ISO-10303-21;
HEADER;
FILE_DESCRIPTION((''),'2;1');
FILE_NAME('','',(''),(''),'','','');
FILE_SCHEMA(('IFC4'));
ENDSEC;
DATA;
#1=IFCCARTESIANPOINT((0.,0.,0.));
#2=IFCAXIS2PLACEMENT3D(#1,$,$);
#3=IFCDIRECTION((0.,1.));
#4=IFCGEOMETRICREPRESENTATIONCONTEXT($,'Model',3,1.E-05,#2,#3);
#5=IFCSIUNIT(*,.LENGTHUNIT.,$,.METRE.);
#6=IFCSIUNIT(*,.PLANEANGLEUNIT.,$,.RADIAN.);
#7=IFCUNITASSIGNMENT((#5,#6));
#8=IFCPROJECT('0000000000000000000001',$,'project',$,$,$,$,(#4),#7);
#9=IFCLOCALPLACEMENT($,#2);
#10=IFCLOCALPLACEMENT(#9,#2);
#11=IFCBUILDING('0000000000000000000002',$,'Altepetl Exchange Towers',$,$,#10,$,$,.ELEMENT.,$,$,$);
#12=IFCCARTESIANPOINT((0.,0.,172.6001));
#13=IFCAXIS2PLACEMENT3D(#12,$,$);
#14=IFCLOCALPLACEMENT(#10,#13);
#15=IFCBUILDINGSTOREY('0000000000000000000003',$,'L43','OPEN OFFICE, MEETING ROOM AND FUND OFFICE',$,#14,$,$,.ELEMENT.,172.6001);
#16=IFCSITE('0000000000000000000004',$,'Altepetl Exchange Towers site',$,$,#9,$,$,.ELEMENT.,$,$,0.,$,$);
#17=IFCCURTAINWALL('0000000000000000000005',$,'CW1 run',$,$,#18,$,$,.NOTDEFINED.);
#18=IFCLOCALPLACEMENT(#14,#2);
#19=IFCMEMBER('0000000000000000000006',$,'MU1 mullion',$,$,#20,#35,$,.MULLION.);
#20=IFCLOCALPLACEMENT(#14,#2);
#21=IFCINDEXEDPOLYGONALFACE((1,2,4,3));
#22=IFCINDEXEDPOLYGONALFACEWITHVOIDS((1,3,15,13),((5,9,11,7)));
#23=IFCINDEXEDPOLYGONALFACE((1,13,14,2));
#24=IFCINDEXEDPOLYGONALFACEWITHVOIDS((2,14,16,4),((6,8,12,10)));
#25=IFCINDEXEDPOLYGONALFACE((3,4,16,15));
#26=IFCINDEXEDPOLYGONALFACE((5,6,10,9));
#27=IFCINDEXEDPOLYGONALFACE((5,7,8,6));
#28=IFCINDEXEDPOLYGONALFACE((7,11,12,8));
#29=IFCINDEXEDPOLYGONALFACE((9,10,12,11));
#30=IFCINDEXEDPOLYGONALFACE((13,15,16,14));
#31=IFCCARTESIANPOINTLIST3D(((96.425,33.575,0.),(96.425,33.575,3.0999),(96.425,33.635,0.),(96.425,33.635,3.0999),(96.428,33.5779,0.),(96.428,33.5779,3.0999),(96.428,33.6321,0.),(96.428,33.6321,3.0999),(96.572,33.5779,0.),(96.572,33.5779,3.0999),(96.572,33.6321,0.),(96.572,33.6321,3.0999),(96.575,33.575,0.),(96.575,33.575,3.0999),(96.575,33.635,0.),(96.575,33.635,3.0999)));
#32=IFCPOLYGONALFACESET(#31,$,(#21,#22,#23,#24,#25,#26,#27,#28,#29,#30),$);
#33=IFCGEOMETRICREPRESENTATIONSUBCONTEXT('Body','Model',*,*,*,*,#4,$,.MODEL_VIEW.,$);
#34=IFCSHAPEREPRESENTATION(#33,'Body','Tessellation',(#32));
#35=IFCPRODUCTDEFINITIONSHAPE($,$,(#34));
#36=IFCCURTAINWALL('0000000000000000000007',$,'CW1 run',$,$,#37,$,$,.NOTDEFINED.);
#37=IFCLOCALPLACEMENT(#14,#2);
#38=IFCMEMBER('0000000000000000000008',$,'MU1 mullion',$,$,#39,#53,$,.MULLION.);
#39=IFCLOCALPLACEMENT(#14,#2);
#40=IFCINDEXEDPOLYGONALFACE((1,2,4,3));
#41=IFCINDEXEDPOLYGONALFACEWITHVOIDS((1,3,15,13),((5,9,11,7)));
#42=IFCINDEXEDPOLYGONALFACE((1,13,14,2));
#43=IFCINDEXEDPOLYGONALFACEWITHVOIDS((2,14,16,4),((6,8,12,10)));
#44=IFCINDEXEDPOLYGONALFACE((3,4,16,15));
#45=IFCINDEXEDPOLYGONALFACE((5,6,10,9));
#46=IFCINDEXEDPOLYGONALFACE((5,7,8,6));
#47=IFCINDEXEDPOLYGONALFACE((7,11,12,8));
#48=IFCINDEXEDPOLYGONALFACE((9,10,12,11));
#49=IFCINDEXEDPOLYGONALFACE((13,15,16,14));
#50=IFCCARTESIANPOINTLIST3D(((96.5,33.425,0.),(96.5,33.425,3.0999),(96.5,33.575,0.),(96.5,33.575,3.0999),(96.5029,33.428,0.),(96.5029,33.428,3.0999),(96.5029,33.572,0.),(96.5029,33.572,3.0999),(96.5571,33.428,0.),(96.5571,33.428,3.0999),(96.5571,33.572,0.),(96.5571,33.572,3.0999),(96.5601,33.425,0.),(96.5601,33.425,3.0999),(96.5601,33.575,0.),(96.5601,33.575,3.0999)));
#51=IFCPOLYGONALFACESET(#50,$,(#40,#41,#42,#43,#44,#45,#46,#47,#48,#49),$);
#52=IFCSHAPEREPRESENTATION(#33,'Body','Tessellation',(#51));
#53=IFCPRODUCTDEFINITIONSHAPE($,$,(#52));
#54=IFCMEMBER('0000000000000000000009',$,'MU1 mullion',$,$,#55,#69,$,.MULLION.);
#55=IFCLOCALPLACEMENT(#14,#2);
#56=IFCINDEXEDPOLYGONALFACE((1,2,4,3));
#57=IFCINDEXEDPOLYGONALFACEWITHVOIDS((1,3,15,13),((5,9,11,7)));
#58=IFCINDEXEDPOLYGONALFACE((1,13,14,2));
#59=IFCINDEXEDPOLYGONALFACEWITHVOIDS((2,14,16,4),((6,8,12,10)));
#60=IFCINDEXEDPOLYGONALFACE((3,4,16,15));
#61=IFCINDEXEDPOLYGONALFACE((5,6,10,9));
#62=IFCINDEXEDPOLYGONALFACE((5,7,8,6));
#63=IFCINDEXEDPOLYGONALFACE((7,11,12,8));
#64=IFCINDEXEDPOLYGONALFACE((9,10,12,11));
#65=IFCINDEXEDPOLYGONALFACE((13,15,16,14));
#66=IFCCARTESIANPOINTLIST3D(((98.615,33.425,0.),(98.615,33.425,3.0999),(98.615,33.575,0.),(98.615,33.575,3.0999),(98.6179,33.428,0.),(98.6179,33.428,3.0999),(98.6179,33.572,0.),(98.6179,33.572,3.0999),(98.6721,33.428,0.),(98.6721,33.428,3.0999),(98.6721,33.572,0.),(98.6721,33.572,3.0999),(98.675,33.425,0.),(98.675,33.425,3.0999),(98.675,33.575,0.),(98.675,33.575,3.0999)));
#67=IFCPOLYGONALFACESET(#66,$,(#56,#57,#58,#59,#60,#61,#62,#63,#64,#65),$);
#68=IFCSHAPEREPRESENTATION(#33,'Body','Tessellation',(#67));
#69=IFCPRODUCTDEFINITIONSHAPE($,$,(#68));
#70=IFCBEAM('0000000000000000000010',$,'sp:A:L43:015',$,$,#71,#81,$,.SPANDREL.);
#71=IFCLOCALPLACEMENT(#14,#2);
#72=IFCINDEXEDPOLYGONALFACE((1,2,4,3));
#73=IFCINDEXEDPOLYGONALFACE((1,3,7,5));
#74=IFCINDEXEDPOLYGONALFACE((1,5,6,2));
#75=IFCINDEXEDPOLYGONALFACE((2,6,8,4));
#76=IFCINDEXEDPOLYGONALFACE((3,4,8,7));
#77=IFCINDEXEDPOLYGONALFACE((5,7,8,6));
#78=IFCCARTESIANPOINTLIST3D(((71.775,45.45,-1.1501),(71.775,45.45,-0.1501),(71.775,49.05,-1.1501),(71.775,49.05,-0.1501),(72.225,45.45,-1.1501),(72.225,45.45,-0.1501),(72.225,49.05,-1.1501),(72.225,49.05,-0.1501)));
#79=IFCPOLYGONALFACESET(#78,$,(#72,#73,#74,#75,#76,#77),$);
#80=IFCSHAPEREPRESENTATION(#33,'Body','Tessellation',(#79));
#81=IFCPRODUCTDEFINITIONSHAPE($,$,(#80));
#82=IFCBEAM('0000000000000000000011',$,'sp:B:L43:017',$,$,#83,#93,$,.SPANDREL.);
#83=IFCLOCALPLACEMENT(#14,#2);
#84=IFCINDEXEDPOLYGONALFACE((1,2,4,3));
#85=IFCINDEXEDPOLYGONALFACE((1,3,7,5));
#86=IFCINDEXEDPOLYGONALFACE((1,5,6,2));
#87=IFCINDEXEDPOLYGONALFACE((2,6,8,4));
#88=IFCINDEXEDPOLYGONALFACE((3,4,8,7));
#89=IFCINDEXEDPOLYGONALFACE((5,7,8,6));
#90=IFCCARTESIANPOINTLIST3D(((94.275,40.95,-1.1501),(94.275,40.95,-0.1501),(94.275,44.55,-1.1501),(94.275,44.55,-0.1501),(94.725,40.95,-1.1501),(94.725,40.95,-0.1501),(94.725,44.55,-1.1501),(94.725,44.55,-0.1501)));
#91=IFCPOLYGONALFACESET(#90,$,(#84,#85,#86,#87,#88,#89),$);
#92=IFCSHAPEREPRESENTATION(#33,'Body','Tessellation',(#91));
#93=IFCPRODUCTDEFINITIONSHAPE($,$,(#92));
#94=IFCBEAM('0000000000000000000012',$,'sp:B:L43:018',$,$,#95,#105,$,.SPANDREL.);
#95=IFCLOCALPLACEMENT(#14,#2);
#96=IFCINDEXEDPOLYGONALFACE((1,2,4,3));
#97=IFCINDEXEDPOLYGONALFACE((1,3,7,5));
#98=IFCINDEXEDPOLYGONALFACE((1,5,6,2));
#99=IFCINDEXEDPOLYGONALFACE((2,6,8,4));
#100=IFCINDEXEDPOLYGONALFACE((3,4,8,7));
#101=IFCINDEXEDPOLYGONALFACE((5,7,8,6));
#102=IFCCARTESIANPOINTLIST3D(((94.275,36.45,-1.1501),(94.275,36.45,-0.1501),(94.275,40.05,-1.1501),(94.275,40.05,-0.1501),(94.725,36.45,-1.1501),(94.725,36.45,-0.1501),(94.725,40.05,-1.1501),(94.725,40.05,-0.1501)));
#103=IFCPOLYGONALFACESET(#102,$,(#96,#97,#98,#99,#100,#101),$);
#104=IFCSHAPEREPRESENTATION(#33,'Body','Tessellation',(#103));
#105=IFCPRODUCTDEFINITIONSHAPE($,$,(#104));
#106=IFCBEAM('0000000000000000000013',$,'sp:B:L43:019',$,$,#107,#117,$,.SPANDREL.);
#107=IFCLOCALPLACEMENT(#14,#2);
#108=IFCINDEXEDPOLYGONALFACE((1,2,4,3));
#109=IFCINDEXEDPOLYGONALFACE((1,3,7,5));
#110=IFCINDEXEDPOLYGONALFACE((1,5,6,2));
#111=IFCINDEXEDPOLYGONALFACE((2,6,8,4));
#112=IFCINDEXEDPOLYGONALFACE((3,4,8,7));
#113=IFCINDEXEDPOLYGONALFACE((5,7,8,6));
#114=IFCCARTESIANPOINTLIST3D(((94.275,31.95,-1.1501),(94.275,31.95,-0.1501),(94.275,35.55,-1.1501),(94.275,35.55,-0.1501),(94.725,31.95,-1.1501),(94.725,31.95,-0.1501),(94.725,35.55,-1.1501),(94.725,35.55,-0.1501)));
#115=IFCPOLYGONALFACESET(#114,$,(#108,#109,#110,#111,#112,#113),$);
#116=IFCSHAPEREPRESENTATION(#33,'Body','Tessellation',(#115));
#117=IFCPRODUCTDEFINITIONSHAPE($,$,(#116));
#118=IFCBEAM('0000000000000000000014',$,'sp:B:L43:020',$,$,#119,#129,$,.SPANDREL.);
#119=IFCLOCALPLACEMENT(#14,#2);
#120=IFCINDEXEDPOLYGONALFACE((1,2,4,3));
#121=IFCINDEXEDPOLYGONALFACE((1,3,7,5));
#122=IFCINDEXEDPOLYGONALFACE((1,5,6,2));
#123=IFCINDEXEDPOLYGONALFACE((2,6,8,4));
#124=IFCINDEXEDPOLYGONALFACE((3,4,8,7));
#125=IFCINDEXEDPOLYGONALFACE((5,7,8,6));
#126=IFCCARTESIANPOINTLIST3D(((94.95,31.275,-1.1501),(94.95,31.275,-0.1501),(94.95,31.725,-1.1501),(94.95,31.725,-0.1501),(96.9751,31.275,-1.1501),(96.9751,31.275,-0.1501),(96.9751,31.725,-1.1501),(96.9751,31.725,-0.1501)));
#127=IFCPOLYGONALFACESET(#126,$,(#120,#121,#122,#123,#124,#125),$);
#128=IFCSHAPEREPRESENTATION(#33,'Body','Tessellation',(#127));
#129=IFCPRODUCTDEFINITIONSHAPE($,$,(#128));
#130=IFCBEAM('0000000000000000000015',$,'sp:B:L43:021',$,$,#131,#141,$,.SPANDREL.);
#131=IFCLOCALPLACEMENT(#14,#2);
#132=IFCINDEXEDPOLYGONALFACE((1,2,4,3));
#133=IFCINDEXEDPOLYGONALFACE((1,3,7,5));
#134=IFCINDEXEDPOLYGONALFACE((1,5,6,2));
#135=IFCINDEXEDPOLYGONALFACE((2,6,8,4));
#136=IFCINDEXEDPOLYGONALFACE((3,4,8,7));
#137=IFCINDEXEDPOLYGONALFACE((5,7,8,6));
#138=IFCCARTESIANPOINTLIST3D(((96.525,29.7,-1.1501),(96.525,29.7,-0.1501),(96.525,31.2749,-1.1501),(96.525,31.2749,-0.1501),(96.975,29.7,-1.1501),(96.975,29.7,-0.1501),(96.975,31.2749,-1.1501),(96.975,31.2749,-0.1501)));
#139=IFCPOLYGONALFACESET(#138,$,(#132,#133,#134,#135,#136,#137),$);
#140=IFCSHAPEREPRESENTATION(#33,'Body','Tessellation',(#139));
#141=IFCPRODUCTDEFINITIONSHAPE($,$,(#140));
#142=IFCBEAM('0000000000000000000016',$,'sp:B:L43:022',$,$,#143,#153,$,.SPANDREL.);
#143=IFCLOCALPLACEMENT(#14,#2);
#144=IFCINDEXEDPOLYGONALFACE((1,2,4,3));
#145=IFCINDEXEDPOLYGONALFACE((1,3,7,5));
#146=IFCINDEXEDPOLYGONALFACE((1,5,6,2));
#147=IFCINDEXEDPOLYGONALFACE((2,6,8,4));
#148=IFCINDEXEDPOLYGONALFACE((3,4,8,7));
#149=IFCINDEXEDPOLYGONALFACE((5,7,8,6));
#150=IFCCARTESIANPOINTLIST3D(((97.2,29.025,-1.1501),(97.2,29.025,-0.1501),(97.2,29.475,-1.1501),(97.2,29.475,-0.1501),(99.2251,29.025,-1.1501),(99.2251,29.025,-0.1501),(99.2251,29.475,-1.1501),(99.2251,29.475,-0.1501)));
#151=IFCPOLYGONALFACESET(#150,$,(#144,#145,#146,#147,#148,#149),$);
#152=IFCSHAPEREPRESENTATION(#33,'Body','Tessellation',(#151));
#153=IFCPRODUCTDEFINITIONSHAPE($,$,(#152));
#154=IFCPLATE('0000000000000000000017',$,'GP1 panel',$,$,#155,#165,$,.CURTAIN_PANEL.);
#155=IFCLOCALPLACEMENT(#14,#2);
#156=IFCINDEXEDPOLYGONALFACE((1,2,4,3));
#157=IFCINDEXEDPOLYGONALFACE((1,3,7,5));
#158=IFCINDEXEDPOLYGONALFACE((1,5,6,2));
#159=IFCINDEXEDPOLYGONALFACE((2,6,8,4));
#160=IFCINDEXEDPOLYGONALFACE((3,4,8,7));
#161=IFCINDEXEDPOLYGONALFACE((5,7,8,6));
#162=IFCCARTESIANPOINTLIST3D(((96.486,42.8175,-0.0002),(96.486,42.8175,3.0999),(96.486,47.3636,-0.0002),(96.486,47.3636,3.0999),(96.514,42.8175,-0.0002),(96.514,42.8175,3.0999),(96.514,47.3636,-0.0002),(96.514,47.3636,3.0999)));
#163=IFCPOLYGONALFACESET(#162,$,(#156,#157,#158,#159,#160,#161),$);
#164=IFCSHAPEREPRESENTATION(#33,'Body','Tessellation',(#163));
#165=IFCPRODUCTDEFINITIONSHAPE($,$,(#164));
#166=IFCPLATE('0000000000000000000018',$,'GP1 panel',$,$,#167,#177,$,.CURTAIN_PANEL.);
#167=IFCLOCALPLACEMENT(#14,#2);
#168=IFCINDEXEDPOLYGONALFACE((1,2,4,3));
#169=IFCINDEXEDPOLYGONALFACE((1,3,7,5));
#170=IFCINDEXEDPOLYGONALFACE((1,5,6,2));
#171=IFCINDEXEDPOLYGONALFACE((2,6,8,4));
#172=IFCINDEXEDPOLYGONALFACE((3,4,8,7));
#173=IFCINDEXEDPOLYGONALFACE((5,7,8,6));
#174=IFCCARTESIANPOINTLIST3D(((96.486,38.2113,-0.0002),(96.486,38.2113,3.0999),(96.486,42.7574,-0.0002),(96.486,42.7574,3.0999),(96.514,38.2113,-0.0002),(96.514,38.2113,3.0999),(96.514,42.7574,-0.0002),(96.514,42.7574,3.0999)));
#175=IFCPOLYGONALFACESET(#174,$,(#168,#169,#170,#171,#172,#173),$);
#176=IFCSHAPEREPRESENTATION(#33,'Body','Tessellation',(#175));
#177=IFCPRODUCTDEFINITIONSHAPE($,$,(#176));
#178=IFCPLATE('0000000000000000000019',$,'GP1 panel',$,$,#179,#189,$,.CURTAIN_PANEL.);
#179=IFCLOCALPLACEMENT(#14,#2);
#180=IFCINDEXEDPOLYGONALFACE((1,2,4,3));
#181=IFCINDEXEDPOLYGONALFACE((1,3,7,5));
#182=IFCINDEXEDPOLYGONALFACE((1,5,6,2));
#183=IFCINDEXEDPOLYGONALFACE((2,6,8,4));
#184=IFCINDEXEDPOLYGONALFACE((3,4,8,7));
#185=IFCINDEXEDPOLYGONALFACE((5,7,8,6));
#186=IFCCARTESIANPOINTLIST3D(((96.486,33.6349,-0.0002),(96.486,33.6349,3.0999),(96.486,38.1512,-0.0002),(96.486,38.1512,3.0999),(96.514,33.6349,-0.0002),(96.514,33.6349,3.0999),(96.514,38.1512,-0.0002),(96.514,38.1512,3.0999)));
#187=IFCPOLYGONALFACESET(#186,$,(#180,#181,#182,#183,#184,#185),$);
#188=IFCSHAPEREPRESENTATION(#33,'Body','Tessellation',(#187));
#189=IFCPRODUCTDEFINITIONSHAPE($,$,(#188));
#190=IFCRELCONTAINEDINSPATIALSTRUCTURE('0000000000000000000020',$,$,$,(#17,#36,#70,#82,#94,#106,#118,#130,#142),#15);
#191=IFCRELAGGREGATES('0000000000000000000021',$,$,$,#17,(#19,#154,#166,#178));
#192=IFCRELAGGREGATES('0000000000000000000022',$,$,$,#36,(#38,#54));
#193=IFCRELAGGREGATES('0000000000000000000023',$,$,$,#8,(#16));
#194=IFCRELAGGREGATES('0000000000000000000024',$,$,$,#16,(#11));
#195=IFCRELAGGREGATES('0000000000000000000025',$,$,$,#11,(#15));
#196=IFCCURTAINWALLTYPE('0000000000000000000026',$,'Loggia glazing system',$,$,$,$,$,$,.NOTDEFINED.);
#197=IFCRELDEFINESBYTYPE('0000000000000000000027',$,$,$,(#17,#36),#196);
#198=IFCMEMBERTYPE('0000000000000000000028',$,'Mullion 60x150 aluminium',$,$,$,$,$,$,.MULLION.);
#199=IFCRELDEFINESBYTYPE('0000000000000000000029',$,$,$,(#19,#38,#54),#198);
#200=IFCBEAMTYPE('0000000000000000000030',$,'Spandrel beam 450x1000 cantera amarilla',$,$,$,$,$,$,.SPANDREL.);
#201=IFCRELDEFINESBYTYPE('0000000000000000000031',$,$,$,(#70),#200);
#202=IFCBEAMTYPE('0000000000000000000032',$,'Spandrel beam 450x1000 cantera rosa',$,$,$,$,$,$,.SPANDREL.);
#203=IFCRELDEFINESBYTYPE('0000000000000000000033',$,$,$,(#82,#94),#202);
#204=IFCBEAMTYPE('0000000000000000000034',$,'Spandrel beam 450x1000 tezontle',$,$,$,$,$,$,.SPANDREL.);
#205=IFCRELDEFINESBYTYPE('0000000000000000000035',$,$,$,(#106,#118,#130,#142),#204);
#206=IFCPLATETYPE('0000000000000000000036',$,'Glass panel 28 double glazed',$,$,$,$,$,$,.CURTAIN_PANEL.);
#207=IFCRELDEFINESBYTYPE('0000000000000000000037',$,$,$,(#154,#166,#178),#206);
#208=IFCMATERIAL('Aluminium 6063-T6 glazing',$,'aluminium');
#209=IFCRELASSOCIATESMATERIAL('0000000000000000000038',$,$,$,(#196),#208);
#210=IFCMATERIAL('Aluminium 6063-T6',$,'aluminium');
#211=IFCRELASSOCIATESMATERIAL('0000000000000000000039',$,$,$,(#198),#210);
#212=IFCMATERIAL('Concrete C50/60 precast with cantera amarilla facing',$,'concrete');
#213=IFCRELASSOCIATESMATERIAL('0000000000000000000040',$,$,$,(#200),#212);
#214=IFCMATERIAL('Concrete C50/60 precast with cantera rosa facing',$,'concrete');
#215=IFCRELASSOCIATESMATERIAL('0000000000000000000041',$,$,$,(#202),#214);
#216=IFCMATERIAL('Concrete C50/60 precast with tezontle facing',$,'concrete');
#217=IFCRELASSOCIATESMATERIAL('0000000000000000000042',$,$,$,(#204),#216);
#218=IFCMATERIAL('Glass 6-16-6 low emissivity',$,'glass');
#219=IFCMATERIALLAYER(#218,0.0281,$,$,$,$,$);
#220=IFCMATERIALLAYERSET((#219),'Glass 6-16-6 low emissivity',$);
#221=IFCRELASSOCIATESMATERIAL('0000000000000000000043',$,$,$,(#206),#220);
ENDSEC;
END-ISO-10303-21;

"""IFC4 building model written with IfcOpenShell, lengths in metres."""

from ifc_helpers import new_model, si_unit, direction, frame, origin, origin_2d, place, context, subcontext, project, spatial, rectangle, hollow_rectangle, extrude, material, layer, layer_set, material_profile, profile_set, type_object, element, aggregate, save


model = new_model("IFC4")

# Units and contexts
model_context = context("Model", 3, precision=1e-05, world=origin(), true_north=direction((0.0, 1.0)))
body_context = subcontext(model_context, "Body", "Model", "MODEL_VIEW")
ifc_project = project(units=[si_unit("LENGTHUNIT", "METRE"), si_unit("PLANEANGLEUNIT", "RADIAN")], contexts=[model_context])

# Site, building, storey
site_placement = place(None, origin())
site = spatial("IfcSite", under=ifc_project, at=site_placement, Name="Altepetl Exchange Towers site", CompositionType="ELEMENT", RefElevation=0.0)
building_placement = place(site_placement, origin())
building = spatial("IfcBuilding", under=site, at=building_placement, Name="Altepetl Exchange Towers", CompositionType="ELEMENT")
storey_placement = place(building_placement, frame((0.0, 0.0, 172.6001)))
storey = spatial("IfcBuildingStorey", under=building, at=storey_placement, Name="L43", Description="OPEN OFFICE, MEETING ROOM AND FUND OFFICE", CompositionType="ELEMENT", Elevation=172.6001)

# Curtain walls, members
ifc_material_1 = material(Name="Aluminium 6063-T6 glazing", Category="aluminium")
curtain_wall_type = type_object("IfcCurtainWallType", Name="Loggia glazing system", PredefinedType="NOTDEFINED", material=ifc_material_1)
curtain_wall_1_placement = place(storey_placement, origin())
curtain_wall_1 = element("IfcCurtainWall", 1, at=curtain_wall_1_placement, inside=storey, type_object=curtain_wall_type, Name="CW1 run", PredefinedType="NOTDEFINED")
ifc_material_2 = material(Name="Aluminium 6063-T6", Category="aluminium")
ifc_material_profile_1 = material_profile(ifc_material_2, hollow_rectangle(XDim=0.0601, YDim=0.1499, WallThickness=0.0029, at=origin_2d()), Name="Mullion 60x150 aluminium")
ifc_profile_set_1 = profile_set([ifc_material_profile_1], Name="Aluminium 6063-T6")
member_type = type_object("IfcMemberType", Name="Mullion 60x150 aluminium", PredefinedType="MULLION", material=ifc_profile_set_1)
member_1_placement = place(storey_placement, frame((96.5, 33.605, 0.0), z_axis=(0.0, 0.0, 1.0), x_axis=(0.0, -1.0, 0.0)))
member_1 = element("IfcMember", 2, at=member_1_placement, type_object=member_type, Name="MU1 mullion", PredefinedType="MULLION", context=body_context, shape_type="SweptSolid", body=[
    extrude(hollow_rectangle(XDim=0.0601, YDim=0.1499, WallThickness=0.0029, at=origin_2d()), origin(), (0.0, 0.0, 1.0), 3.0999),
])
curtain_wall_2_placement = place(storey_placement, origin())
curtain_wall_2 = element("IfcCurtainWall", 3, at=curtain_wall_2_placement, inside=storey, type_object=curtain_wall_type, Name="CW1 run", PredefinedType="NOTDEFINED")
member_2_placement = place(storey_placement, frame((96.53, 33.5, 0.0)))
member_2 = element("IfcMember", 4, at=member_2_placement, type_object=member_type, Name="MU1 mullion", PredefinedType="MULLION", context=body_context, shape_type="SweptSolid", body=[
    extrude(hollow_rectangle(XDim=0.0601, YDim=0.1499, WallThickness=0.0029, at=origin_2d()), origin(), (0.0, 0.0, 1.0), 3.0999),
])
member_3_placement = place(storey_placement, frame((98.645, 33.5, 0.0)))
member_3 = element("IfcMember", 5, at=member_3_placement, type_object=member_type, Name="MU1 mullion", PredefinedType="MULLION", context=body_context, shape_type="SweptSolid", body=[
    extrude(hollow_rectangle(XDim=0.0601, YDim=0.1499, WallThickness=0.0029, at=origin_2d()), origin(), (0.0, 0.0, 1.0), 3.0999),
])

# Beams
ifc_material_3 = material(Name="Concrete C50/60 precast with cantera amarilla facing", Category="concrete")
ifc_material_profile_2 = material_profile(ifc_material_3, rectangle(XDim=0.45, YDim=1.0, at=origin_2d()), Name="450 x 1000")
ifc_profile_set_2 = profile_set([ifc_material_profile_2], Name="Concrete C50/60 precast with cantera amarilla facing")
beam_type_1 = type_object("IfcBeamType", Name="Spandrel beam 450x1000 cantera amarilla", PredefinedType="SPANDREL", material=ifc_profile_set_2)
beam_1_placement = place(storey_placement, frame((72.0, 45.45, -0.6501), z_axis=(0.0, 1.0, 0.0), x_axis=(-1.0, 0.0, 0.0)))
element("IfcBeam", 6, at=beam_1_placement, inside=storey, type_object=beam_type_1, Name="sp:A:L43:015", PredefinedType="SPANDREL", context=body_context, shape_type="SweptSolid", body=[
    extrude(rectangle(XDim=0.45, YDim=1.0, at=origin_2d()), origin(), (0.0, 0.0, 1.0), 3.6001),
])
ifc_material_4 = material(Name="Concrete C50/60 precast with cantera rosa facing", Category="concrete")
ifc_material_profile_3 = material_profile(ifc_material_4, rectangle(XDim=0.45, YDim=1.0, at=origin_2d()), Name="450 x 1000")
ifc_profile_set_3 = profile_set([ifc_material_profile_3], Name="Concrete C50/60 precast with cantera rosa facing")
beam_type_2 = type_object("IfcBeamType", Name="Spandrel beam 450x1000 cantera rosa", PredefinedType="SPANDREL", material=ifc_profile_set_3)
for number, where, z_axis, x_axis, name in (
    (7, (94.5, 44.55, -0.6501), (0.0, -1.0, 0.0), (1.0, 0.0, 0.0), "sp:B:L43:017"),
    (8, (94.5, 40.05, -0.6501), (0.0, -1.0, 0.0), (1.0, 0.0, 0.0), "sp:B:L43:018"),
):
    element("IfcBeam", number, at=place(storey_placement, frame(where, z_axis=z_axis, x_axis=x_axis)), inside=storey, type_object=beam_type_2, Name=name, PredefinedType="SPANDREL", context=body_context, shape_type="SweptSolid", body=[
        extrude(rectangle(XDim=0.45, YDim=1.0, at=origin_2d()), origin(), (0.0, 0.0, 1.0), 3.6001),
    ])
ifc_material_5 = material(Name="Concrete C50/60 precast with tezontle facing", Category="concrete")
ifc_material_profile_4 = material_profile(ifc_material_5, rectangle(XDim=0.45, YDim=1.0, at=origin_2d()), Name="450 x 1000")
ifc_profile_set_4 = profile_set([ifc_material_profile_4], Name="Concrete C50/60 precast with tezontle facing")
beam_type_3 = type_object("IfcBeamType", Name="Spandrel beam 450x1000 tezontle", PredefinedType="SPANDREL", material=ifc_profile_set_4)
beam_2_placement = place(storey_placement, frame((94.5, 35.55, -0.6501), z_axis=(0.0, -1.0, 0.0), x_axis=(1.0, 0.0, 0.0)))
element("IfcBeam", 9, at=beam_2_placement, inside=storey, type_object=beam_type_3, Name="sp:B:L43:019", PredefinedType="SPANDREL", context=body_context, shape_type="SweptSolid", body=[
    extrude(rectangle(XDim=0.45, YDim=1.0, at=origin_2d()), origin(), (0.0, 0.0, 1.0), 3.6001),
])
beam_3_placement = place(storey_placement, frame((94.95, 31.5, -0.6501), z_axis=(1.0, 0.0, 0.0), x_axis=(0.0, 1.0, 0.0)))
element("IfcBeam", 10, at=beam_3_placement, inside=storey, type_object=beam_type_3, Name="sp:B:L43:020", PredefinedType="SPANDREL", context=body_context, shape_type="SweptSolid", body=[
    extrude(rectangle(XDim=0.45, YDim=1.0, at=origin_2d()), origin(), (0.0, 0.0, 1.0), 2.0251),
])
beam_4_placement = place(storey_placement, frame((96.75, 31.2749, -0.6501), z_axis=(0.0, -1.0, 0.0), x_axis=(1.0, 0.0, 0.0)))
element("IfcBeam", 11, at=beam_4_placement, inside=storey, type_object=beam_type_3, Name="sp:B:L43:021", PredefinedType="SPANDREL", context=body_context, shape_type="SweptSolid", body=[
    extrude(rectangle(XDim=0.45, YDim=1.0, at=origin_2d()), origin(), (0.0, 0.0, 1.0), 1.575),
])
beam_5_placement = place(storey_placement, frame((97.2, 29.25, -0.6501), z_axis=(1.0, 0.0, 0.0), x_axis=(0.0, 1.0, 0.0)))
element("IfcBeam", 12, at=beam_5_placement, inside=storey, type_object=beam_type_3, Name="sp:B:L43:022", PredefinedType="SPANDREL", context=body_context, shape_type="SweptSolid", body=[
    extrude(rectangle(XDim=0.45, YDim=1.0, at=origin_2d()), origin(), (0.0, 0.0, 1.0), 2.0251),
])

# Plates
ifc_material_6 = material(Name="Glass 6-16-6 low emissivity", Category="glass")
ifc_layer_1 = layer(ifc_material_6, 0.0281)
ifc_layer_set_1 = layer_set([ifc_layer_1], Name="Glass 6-16-6 low emissivity")
plate_type = type_object("IfcPlateType", Name="Glass panel 28 double glazed", PredefinedType="CURTAIN_PANEL", material=ifc_layer_set_1)
plate_1_placement = place(storey_placement, frame((96.5, 45.0906, -0.0002), z_axis=(0.0, 0.0, 1.0), x_axis=(0.0, -1.0, 0.0)))
plate_1 = element("IfcPlate", 13, at=plate_1_placement, type_object=plate_type, Name="GP1 panel", PredefinedType="CURTAIN_PANEL", context=body_context, shape_type="SweptSolid", body=[
    extrude(rectangle(XDim=4.5461, YDim=0.0281, at=origin_2d()), origin(), (0.0, 0.0, 1.0), 3.1001),
])
plate_2_placement = place(storey_placement, frame((96.5, 40.4844, -0.0002), z_axis=(0.0, 0.0, 1.0), x_axis=(0.0, -1.0, 0.0)))
plate_2 = element("IfcPlate", 14, at=plate_2_placement, type_object=plate_type, Name="GP1 panel", PredefinedType="CURTAIN_PANEL", context=body_context, shape_type="SweptSolid", body=[
    extrude(rectangle(XDim=4.5461, YDim=0.0281, at=origin_2d()), origin(), (0.0, 0.0, 1.0), 3.1001),
])
plate_3_placement = place(storey_placement, frame((96.5, 35.8931, -0.0002), z_axis=(0.0, 0.0, 1.0), x_axis=(0.0, -1.0, 0.0)))
plate_3 = element("IfcPlate", 15, at=plate_3_placement, type_object=plate_type, Name="GP1 panel", PredefinedType="CURTAIN_PANEL", context=body_context, shape_type="SweptSolid", body=[
    extrude(rectangle(XDim=4.5164, YDim=0.0281, at=origin_2d()), origin(), (0.0, 0.0, 1.0), 3.1001),
])
aggregate(curtain_wall_1, [member_1, plate_1, plate_2, plate_3])
aggregate(curtain_wall_2, [member_2, member_3])

save(model, "model.ifc")
